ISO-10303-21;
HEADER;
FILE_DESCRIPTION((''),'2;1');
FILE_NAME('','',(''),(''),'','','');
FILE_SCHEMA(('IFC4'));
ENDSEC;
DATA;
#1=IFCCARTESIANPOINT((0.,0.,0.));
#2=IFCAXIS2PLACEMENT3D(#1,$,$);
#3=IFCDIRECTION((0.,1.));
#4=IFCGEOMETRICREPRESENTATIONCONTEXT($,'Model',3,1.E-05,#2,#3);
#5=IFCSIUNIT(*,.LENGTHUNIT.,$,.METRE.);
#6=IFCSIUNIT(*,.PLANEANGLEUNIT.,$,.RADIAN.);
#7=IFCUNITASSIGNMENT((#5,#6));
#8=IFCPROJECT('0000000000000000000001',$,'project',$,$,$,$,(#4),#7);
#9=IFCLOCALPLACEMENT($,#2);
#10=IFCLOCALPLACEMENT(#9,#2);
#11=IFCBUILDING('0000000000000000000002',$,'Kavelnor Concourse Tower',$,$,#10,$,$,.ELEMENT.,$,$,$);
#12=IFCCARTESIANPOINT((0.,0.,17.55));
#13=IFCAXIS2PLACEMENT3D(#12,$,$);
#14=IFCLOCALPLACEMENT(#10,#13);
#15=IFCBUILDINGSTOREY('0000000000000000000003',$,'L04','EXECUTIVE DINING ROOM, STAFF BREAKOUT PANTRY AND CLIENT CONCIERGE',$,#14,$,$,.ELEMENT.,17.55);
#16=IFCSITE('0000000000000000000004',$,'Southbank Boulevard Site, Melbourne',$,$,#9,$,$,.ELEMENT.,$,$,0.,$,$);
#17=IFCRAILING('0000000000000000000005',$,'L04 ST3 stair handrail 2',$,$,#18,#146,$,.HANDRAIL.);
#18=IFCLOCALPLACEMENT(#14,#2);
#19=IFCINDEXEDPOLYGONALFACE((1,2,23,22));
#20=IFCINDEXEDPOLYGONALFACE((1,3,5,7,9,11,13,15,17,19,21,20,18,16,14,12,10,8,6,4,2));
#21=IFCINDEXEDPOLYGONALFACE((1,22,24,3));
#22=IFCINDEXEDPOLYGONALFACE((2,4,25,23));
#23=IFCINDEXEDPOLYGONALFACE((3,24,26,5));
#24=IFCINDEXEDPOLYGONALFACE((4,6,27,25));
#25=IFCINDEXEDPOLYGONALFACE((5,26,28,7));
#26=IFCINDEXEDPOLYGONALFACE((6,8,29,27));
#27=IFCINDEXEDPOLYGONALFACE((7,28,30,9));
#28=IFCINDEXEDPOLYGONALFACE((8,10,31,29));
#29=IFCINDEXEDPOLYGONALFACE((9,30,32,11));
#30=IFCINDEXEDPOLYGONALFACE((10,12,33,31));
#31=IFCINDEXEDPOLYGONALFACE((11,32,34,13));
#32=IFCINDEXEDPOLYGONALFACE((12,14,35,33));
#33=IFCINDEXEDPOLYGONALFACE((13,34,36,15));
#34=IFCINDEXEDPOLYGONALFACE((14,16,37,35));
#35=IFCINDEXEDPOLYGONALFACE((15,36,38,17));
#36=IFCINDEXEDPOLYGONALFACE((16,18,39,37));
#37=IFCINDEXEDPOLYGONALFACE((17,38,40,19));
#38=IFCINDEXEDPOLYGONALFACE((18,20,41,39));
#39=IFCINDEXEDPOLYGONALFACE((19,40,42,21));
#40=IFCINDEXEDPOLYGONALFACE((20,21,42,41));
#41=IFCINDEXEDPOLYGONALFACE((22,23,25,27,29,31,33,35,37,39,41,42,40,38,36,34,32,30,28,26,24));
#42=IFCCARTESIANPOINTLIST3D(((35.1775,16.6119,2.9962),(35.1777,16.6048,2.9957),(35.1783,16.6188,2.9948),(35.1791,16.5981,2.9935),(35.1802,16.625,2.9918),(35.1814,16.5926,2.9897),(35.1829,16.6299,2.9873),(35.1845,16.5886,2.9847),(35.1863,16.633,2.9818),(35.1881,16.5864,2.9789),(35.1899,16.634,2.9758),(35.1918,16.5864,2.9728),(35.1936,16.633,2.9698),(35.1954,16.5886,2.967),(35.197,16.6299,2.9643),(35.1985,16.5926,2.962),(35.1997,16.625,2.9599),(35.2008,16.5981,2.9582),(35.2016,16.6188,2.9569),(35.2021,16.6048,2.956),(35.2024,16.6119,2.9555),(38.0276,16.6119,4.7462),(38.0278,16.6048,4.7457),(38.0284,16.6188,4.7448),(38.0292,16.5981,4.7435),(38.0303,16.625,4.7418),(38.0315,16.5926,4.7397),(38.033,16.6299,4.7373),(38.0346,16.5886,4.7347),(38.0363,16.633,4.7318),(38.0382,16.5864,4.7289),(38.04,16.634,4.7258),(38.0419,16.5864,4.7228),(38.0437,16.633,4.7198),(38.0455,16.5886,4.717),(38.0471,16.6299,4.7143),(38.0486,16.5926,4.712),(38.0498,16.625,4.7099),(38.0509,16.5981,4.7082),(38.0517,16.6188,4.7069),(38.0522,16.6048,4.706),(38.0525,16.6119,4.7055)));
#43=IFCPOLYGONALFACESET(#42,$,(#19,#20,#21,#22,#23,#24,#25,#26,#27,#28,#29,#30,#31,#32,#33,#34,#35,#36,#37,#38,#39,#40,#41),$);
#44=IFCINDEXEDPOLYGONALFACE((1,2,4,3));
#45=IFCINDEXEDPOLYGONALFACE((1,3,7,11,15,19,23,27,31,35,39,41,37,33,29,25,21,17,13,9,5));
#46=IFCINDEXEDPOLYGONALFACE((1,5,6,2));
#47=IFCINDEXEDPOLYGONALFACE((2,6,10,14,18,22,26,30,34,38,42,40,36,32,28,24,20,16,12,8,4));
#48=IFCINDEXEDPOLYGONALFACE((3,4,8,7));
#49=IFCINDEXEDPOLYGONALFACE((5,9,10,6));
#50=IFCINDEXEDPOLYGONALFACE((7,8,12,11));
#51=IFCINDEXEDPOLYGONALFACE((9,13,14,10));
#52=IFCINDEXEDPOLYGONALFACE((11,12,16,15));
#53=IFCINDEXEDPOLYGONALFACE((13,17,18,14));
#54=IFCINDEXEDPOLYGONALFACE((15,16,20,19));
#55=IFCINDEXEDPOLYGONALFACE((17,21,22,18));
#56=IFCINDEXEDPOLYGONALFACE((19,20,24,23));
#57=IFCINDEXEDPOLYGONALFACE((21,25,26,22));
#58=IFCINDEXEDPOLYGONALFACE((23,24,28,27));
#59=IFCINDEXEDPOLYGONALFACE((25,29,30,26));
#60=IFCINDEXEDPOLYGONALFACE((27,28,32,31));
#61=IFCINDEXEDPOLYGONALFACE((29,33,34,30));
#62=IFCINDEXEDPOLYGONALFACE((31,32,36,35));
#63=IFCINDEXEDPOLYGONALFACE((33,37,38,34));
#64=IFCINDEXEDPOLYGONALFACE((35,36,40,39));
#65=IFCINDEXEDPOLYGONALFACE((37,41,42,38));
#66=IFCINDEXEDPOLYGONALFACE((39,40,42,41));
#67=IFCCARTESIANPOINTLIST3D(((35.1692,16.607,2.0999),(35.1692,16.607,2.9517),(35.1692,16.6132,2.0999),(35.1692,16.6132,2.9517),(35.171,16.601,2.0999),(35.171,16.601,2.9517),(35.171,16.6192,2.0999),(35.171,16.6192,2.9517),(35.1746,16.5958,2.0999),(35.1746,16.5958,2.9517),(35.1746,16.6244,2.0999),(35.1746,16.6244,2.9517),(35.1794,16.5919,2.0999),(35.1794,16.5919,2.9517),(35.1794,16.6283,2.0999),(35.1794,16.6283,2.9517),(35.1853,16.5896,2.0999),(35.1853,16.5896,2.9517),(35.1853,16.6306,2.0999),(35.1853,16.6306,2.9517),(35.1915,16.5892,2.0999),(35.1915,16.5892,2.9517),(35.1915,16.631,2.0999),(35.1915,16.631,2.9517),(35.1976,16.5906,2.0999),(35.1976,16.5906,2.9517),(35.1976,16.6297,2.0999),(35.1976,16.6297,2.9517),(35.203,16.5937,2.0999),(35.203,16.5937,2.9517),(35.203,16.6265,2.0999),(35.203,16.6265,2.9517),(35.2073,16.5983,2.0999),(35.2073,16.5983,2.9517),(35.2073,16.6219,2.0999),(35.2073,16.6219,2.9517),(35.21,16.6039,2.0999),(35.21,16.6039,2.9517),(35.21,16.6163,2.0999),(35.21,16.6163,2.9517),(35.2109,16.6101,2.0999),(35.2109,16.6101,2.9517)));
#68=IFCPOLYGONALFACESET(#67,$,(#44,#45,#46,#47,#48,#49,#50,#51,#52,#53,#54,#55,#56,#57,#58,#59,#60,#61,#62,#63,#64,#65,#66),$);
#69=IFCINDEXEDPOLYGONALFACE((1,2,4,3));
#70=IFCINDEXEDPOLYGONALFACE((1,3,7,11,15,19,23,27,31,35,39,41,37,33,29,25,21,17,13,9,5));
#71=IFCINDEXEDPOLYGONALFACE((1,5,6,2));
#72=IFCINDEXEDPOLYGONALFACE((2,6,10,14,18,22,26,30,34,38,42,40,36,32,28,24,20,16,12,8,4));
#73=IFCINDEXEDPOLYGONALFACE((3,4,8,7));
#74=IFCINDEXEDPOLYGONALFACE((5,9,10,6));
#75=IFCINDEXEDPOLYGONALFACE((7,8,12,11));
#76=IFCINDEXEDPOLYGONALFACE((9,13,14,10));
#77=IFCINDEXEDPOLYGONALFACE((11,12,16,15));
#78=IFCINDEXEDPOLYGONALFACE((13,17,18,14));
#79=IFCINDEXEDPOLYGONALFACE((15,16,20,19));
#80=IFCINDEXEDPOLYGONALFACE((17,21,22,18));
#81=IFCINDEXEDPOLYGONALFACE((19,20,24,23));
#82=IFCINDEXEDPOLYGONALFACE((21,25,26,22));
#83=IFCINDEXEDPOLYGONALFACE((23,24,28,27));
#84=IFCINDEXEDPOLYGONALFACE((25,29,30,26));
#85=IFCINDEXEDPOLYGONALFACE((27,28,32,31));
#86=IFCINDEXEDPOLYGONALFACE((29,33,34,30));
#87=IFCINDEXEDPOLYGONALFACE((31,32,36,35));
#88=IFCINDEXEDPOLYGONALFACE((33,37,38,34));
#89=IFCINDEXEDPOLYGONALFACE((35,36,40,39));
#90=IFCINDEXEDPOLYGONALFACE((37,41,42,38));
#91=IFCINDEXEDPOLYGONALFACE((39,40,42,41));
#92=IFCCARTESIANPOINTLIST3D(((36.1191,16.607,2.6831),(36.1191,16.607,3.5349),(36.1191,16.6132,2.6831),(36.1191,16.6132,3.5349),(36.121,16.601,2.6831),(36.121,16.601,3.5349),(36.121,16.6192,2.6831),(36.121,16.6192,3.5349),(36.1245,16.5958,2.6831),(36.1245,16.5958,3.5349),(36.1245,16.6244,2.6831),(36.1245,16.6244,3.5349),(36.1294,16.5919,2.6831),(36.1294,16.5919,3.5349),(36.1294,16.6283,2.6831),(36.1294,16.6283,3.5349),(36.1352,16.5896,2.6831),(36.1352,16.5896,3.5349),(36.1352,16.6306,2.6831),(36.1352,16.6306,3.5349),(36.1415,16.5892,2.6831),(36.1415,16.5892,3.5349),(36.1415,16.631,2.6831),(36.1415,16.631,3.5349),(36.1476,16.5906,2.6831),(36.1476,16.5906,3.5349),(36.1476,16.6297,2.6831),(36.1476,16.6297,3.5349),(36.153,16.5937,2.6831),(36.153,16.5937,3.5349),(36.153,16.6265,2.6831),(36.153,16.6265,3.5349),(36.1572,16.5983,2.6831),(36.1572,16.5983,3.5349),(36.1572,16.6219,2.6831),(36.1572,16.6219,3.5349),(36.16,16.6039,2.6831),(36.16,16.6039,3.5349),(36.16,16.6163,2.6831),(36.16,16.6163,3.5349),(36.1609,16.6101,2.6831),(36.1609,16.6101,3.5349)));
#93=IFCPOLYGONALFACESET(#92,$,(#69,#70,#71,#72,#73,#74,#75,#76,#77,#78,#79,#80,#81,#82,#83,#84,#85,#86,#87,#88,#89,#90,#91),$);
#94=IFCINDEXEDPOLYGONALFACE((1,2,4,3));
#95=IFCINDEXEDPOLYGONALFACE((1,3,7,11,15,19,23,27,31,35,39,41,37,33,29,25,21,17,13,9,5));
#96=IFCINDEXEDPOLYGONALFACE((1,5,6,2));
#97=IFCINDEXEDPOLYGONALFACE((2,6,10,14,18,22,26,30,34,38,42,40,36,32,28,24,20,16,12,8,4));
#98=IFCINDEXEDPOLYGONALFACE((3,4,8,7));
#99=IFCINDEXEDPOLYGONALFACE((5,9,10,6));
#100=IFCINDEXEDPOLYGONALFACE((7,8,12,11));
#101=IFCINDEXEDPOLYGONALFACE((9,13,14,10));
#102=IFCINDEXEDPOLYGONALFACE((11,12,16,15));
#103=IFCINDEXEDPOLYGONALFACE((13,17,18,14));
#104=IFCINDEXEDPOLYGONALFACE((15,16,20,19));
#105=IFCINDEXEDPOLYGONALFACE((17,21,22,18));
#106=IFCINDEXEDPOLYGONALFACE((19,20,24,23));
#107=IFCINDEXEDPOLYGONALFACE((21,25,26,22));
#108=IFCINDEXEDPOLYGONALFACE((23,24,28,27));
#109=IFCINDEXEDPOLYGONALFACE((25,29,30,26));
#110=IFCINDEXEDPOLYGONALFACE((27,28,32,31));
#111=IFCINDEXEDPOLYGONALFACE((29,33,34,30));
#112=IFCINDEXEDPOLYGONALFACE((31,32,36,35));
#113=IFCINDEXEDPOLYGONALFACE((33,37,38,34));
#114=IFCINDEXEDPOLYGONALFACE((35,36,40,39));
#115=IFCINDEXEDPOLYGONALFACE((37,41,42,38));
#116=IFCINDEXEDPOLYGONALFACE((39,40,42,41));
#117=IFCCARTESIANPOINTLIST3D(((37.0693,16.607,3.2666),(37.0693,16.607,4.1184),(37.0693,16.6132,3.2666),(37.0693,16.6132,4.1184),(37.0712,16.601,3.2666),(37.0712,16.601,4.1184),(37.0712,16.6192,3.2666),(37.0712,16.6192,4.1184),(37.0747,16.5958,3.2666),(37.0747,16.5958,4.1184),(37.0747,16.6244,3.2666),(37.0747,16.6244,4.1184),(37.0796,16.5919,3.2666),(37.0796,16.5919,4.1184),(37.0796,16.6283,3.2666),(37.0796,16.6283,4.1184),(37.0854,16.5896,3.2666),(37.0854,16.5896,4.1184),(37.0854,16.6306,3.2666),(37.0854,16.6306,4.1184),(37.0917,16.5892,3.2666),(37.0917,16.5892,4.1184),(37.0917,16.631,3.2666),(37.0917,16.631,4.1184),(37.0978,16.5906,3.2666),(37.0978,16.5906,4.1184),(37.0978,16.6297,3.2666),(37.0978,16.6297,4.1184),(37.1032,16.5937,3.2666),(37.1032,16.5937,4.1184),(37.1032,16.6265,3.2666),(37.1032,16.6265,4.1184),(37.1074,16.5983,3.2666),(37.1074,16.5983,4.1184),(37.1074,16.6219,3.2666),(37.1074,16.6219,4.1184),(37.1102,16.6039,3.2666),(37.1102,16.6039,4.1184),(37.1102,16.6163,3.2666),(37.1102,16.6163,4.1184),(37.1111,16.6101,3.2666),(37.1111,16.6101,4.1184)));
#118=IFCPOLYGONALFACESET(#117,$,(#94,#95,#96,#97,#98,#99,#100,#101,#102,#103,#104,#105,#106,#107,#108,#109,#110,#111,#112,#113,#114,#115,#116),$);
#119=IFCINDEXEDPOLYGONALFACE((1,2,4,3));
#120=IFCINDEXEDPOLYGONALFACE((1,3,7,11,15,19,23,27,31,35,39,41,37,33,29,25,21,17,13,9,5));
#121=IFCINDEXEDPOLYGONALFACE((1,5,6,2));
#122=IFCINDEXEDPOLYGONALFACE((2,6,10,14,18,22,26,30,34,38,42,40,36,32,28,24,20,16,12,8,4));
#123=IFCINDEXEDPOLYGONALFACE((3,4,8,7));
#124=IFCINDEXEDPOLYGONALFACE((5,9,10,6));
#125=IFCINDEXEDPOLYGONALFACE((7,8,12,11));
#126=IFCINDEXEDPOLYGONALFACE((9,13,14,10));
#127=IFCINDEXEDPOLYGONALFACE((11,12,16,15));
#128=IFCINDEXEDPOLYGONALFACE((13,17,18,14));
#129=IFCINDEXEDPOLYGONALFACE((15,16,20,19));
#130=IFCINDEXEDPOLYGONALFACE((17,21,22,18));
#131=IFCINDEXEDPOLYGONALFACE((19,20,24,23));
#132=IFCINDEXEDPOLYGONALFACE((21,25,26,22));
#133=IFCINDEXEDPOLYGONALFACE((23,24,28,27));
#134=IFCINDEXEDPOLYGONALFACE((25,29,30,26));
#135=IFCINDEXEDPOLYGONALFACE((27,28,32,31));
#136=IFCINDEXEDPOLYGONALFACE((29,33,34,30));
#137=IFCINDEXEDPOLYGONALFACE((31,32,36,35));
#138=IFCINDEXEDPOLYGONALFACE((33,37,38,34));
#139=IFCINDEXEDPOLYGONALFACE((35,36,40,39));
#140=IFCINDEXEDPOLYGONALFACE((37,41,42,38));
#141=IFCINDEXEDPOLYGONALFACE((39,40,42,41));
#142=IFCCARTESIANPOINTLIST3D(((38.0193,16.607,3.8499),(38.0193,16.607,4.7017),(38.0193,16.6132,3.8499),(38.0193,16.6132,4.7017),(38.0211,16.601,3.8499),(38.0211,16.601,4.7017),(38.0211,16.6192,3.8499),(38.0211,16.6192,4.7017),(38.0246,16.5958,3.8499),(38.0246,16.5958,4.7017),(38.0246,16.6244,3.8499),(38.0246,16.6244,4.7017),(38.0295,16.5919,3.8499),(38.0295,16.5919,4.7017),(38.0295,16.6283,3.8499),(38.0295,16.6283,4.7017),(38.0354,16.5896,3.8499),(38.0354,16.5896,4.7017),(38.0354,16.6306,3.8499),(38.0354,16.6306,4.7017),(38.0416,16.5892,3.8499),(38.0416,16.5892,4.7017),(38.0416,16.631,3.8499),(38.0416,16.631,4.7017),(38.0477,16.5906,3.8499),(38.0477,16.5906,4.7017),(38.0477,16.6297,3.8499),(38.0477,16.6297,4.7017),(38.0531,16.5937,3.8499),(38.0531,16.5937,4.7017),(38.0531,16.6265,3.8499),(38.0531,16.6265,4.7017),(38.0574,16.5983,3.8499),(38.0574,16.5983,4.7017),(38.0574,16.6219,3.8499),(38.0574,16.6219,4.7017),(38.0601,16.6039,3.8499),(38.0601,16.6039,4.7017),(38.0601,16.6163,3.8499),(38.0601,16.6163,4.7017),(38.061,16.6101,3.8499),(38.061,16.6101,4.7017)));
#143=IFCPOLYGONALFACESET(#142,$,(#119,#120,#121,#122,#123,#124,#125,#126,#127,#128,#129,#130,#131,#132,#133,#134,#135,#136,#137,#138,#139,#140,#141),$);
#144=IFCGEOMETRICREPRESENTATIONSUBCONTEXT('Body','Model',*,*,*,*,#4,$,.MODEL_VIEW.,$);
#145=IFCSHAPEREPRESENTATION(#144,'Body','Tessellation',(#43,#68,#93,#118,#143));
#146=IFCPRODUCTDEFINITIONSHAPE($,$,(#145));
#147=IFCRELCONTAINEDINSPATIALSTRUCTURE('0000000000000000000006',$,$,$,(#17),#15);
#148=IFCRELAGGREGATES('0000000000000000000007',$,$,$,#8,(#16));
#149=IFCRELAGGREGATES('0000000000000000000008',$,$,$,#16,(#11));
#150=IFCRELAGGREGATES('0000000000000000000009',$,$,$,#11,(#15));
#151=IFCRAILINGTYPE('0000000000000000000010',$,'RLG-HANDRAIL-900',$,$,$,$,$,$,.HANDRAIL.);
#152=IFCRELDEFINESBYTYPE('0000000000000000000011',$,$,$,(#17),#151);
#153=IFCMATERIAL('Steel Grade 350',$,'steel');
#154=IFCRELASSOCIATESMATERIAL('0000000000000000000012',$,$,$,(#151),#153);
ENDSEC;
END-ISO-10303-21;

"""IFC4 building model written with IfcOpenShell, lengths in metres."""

from ifc_helpers import new_model, si_unit, direction, frame, origin, origin_2d, place, context, subcontext, project, spatial, circle, extrude, material, type_object, element, save


model = new_model("IFC4")

# Units and contexts
model_context = context("Model", 3, precision=1e-05, world=origin(), true_north=direction((0.0, 1.0)))
body_context = subcontext(model_context, "Body", "Model", "MODEL_VIEW")
ifc_project = project(units=[si_unit("LENGTHUNIT", "METRE"), si_unit("PLANEANGLEUNIT", "RADIAN")], contexts=[model_context])

# Site, building, storey
site_placement = place(None, origin())
site = spatial("IfcSite", under=ifc_project, at=site_placement, Name="Southbank Boulevard Site, Melbourne", CompositionType="ELEMENT", RefElevation=0.0)
building_placement = place(site_placement, origin())
building = spatial("IfcBuilding", under=site, at=building_placement, Name="Kavelnor Concourse Tower", CompositionType="ELEMENT")
storey_placement = place(building_placement, frame((0.0, 0.0, 17.55)))
storey = spatial("IfcBuildingStorey", under=building, at=storey_placement, Name="L04", Description="EXECUTIVE DINING ROOM, STAFF BREAKOUT PANTRY AND CLIENT CONCIERGE", CompositionType="ELEMENT", Elevation=17.55)

# Shared definitions
ifc_material_1 = material(Name="Steel Grade 350", Category="steel")

# Railing
railing_type = type_object("IfcRailingType", Name="RLG-HANDRAIL-900", PredefinedType="HANDRAIL", material=ifc_material_1)
railing_1_placement = place(storey_placement, frame((35.1899, 16.6101, 2.0999)))
element("IfcRailing", 1, at=railing_1_placement, inside=storey, type_object=railing_type, Name="L04 ST3 stair handrail 2", PredefinedType="HANDRAIL", context=body_context, shape_type="SweptSolid", body=[
    extrude(circle(Radius=0.0239, at=origin_2d()), frame((0.0, 0.0, 0.876), z_axis=(0.852179, 0.0, 0.52325), x_axis=(0.0, 1.0, 0.0)), (0.0, 0.0, 1.0), 3.3445),
    extrude(circle(Radius=0.021, at=origin_2d()), origin(), (0.0, 0.0, 1.0), 0.8518),
    extrude(circle(Radius=0.021, at=origin_2d()), frame((0.95, 0.0, 0.5833)), (0.0, 0.0, 1.0), 0.8518),
    extrude(circle(Radius=0.021, at=origin_2d()), frame((1.9001, 0.0, 1.1667)), (0.0, 0.0, 1.0), 0.8518),
    extrude(circle(Radius=0.021, at=origin_2d()), frame((2.8501, 0.0, 1.75)), (0.0, 0.0, 1.0), 0.8518),
])

save(model, "model.ifc")
